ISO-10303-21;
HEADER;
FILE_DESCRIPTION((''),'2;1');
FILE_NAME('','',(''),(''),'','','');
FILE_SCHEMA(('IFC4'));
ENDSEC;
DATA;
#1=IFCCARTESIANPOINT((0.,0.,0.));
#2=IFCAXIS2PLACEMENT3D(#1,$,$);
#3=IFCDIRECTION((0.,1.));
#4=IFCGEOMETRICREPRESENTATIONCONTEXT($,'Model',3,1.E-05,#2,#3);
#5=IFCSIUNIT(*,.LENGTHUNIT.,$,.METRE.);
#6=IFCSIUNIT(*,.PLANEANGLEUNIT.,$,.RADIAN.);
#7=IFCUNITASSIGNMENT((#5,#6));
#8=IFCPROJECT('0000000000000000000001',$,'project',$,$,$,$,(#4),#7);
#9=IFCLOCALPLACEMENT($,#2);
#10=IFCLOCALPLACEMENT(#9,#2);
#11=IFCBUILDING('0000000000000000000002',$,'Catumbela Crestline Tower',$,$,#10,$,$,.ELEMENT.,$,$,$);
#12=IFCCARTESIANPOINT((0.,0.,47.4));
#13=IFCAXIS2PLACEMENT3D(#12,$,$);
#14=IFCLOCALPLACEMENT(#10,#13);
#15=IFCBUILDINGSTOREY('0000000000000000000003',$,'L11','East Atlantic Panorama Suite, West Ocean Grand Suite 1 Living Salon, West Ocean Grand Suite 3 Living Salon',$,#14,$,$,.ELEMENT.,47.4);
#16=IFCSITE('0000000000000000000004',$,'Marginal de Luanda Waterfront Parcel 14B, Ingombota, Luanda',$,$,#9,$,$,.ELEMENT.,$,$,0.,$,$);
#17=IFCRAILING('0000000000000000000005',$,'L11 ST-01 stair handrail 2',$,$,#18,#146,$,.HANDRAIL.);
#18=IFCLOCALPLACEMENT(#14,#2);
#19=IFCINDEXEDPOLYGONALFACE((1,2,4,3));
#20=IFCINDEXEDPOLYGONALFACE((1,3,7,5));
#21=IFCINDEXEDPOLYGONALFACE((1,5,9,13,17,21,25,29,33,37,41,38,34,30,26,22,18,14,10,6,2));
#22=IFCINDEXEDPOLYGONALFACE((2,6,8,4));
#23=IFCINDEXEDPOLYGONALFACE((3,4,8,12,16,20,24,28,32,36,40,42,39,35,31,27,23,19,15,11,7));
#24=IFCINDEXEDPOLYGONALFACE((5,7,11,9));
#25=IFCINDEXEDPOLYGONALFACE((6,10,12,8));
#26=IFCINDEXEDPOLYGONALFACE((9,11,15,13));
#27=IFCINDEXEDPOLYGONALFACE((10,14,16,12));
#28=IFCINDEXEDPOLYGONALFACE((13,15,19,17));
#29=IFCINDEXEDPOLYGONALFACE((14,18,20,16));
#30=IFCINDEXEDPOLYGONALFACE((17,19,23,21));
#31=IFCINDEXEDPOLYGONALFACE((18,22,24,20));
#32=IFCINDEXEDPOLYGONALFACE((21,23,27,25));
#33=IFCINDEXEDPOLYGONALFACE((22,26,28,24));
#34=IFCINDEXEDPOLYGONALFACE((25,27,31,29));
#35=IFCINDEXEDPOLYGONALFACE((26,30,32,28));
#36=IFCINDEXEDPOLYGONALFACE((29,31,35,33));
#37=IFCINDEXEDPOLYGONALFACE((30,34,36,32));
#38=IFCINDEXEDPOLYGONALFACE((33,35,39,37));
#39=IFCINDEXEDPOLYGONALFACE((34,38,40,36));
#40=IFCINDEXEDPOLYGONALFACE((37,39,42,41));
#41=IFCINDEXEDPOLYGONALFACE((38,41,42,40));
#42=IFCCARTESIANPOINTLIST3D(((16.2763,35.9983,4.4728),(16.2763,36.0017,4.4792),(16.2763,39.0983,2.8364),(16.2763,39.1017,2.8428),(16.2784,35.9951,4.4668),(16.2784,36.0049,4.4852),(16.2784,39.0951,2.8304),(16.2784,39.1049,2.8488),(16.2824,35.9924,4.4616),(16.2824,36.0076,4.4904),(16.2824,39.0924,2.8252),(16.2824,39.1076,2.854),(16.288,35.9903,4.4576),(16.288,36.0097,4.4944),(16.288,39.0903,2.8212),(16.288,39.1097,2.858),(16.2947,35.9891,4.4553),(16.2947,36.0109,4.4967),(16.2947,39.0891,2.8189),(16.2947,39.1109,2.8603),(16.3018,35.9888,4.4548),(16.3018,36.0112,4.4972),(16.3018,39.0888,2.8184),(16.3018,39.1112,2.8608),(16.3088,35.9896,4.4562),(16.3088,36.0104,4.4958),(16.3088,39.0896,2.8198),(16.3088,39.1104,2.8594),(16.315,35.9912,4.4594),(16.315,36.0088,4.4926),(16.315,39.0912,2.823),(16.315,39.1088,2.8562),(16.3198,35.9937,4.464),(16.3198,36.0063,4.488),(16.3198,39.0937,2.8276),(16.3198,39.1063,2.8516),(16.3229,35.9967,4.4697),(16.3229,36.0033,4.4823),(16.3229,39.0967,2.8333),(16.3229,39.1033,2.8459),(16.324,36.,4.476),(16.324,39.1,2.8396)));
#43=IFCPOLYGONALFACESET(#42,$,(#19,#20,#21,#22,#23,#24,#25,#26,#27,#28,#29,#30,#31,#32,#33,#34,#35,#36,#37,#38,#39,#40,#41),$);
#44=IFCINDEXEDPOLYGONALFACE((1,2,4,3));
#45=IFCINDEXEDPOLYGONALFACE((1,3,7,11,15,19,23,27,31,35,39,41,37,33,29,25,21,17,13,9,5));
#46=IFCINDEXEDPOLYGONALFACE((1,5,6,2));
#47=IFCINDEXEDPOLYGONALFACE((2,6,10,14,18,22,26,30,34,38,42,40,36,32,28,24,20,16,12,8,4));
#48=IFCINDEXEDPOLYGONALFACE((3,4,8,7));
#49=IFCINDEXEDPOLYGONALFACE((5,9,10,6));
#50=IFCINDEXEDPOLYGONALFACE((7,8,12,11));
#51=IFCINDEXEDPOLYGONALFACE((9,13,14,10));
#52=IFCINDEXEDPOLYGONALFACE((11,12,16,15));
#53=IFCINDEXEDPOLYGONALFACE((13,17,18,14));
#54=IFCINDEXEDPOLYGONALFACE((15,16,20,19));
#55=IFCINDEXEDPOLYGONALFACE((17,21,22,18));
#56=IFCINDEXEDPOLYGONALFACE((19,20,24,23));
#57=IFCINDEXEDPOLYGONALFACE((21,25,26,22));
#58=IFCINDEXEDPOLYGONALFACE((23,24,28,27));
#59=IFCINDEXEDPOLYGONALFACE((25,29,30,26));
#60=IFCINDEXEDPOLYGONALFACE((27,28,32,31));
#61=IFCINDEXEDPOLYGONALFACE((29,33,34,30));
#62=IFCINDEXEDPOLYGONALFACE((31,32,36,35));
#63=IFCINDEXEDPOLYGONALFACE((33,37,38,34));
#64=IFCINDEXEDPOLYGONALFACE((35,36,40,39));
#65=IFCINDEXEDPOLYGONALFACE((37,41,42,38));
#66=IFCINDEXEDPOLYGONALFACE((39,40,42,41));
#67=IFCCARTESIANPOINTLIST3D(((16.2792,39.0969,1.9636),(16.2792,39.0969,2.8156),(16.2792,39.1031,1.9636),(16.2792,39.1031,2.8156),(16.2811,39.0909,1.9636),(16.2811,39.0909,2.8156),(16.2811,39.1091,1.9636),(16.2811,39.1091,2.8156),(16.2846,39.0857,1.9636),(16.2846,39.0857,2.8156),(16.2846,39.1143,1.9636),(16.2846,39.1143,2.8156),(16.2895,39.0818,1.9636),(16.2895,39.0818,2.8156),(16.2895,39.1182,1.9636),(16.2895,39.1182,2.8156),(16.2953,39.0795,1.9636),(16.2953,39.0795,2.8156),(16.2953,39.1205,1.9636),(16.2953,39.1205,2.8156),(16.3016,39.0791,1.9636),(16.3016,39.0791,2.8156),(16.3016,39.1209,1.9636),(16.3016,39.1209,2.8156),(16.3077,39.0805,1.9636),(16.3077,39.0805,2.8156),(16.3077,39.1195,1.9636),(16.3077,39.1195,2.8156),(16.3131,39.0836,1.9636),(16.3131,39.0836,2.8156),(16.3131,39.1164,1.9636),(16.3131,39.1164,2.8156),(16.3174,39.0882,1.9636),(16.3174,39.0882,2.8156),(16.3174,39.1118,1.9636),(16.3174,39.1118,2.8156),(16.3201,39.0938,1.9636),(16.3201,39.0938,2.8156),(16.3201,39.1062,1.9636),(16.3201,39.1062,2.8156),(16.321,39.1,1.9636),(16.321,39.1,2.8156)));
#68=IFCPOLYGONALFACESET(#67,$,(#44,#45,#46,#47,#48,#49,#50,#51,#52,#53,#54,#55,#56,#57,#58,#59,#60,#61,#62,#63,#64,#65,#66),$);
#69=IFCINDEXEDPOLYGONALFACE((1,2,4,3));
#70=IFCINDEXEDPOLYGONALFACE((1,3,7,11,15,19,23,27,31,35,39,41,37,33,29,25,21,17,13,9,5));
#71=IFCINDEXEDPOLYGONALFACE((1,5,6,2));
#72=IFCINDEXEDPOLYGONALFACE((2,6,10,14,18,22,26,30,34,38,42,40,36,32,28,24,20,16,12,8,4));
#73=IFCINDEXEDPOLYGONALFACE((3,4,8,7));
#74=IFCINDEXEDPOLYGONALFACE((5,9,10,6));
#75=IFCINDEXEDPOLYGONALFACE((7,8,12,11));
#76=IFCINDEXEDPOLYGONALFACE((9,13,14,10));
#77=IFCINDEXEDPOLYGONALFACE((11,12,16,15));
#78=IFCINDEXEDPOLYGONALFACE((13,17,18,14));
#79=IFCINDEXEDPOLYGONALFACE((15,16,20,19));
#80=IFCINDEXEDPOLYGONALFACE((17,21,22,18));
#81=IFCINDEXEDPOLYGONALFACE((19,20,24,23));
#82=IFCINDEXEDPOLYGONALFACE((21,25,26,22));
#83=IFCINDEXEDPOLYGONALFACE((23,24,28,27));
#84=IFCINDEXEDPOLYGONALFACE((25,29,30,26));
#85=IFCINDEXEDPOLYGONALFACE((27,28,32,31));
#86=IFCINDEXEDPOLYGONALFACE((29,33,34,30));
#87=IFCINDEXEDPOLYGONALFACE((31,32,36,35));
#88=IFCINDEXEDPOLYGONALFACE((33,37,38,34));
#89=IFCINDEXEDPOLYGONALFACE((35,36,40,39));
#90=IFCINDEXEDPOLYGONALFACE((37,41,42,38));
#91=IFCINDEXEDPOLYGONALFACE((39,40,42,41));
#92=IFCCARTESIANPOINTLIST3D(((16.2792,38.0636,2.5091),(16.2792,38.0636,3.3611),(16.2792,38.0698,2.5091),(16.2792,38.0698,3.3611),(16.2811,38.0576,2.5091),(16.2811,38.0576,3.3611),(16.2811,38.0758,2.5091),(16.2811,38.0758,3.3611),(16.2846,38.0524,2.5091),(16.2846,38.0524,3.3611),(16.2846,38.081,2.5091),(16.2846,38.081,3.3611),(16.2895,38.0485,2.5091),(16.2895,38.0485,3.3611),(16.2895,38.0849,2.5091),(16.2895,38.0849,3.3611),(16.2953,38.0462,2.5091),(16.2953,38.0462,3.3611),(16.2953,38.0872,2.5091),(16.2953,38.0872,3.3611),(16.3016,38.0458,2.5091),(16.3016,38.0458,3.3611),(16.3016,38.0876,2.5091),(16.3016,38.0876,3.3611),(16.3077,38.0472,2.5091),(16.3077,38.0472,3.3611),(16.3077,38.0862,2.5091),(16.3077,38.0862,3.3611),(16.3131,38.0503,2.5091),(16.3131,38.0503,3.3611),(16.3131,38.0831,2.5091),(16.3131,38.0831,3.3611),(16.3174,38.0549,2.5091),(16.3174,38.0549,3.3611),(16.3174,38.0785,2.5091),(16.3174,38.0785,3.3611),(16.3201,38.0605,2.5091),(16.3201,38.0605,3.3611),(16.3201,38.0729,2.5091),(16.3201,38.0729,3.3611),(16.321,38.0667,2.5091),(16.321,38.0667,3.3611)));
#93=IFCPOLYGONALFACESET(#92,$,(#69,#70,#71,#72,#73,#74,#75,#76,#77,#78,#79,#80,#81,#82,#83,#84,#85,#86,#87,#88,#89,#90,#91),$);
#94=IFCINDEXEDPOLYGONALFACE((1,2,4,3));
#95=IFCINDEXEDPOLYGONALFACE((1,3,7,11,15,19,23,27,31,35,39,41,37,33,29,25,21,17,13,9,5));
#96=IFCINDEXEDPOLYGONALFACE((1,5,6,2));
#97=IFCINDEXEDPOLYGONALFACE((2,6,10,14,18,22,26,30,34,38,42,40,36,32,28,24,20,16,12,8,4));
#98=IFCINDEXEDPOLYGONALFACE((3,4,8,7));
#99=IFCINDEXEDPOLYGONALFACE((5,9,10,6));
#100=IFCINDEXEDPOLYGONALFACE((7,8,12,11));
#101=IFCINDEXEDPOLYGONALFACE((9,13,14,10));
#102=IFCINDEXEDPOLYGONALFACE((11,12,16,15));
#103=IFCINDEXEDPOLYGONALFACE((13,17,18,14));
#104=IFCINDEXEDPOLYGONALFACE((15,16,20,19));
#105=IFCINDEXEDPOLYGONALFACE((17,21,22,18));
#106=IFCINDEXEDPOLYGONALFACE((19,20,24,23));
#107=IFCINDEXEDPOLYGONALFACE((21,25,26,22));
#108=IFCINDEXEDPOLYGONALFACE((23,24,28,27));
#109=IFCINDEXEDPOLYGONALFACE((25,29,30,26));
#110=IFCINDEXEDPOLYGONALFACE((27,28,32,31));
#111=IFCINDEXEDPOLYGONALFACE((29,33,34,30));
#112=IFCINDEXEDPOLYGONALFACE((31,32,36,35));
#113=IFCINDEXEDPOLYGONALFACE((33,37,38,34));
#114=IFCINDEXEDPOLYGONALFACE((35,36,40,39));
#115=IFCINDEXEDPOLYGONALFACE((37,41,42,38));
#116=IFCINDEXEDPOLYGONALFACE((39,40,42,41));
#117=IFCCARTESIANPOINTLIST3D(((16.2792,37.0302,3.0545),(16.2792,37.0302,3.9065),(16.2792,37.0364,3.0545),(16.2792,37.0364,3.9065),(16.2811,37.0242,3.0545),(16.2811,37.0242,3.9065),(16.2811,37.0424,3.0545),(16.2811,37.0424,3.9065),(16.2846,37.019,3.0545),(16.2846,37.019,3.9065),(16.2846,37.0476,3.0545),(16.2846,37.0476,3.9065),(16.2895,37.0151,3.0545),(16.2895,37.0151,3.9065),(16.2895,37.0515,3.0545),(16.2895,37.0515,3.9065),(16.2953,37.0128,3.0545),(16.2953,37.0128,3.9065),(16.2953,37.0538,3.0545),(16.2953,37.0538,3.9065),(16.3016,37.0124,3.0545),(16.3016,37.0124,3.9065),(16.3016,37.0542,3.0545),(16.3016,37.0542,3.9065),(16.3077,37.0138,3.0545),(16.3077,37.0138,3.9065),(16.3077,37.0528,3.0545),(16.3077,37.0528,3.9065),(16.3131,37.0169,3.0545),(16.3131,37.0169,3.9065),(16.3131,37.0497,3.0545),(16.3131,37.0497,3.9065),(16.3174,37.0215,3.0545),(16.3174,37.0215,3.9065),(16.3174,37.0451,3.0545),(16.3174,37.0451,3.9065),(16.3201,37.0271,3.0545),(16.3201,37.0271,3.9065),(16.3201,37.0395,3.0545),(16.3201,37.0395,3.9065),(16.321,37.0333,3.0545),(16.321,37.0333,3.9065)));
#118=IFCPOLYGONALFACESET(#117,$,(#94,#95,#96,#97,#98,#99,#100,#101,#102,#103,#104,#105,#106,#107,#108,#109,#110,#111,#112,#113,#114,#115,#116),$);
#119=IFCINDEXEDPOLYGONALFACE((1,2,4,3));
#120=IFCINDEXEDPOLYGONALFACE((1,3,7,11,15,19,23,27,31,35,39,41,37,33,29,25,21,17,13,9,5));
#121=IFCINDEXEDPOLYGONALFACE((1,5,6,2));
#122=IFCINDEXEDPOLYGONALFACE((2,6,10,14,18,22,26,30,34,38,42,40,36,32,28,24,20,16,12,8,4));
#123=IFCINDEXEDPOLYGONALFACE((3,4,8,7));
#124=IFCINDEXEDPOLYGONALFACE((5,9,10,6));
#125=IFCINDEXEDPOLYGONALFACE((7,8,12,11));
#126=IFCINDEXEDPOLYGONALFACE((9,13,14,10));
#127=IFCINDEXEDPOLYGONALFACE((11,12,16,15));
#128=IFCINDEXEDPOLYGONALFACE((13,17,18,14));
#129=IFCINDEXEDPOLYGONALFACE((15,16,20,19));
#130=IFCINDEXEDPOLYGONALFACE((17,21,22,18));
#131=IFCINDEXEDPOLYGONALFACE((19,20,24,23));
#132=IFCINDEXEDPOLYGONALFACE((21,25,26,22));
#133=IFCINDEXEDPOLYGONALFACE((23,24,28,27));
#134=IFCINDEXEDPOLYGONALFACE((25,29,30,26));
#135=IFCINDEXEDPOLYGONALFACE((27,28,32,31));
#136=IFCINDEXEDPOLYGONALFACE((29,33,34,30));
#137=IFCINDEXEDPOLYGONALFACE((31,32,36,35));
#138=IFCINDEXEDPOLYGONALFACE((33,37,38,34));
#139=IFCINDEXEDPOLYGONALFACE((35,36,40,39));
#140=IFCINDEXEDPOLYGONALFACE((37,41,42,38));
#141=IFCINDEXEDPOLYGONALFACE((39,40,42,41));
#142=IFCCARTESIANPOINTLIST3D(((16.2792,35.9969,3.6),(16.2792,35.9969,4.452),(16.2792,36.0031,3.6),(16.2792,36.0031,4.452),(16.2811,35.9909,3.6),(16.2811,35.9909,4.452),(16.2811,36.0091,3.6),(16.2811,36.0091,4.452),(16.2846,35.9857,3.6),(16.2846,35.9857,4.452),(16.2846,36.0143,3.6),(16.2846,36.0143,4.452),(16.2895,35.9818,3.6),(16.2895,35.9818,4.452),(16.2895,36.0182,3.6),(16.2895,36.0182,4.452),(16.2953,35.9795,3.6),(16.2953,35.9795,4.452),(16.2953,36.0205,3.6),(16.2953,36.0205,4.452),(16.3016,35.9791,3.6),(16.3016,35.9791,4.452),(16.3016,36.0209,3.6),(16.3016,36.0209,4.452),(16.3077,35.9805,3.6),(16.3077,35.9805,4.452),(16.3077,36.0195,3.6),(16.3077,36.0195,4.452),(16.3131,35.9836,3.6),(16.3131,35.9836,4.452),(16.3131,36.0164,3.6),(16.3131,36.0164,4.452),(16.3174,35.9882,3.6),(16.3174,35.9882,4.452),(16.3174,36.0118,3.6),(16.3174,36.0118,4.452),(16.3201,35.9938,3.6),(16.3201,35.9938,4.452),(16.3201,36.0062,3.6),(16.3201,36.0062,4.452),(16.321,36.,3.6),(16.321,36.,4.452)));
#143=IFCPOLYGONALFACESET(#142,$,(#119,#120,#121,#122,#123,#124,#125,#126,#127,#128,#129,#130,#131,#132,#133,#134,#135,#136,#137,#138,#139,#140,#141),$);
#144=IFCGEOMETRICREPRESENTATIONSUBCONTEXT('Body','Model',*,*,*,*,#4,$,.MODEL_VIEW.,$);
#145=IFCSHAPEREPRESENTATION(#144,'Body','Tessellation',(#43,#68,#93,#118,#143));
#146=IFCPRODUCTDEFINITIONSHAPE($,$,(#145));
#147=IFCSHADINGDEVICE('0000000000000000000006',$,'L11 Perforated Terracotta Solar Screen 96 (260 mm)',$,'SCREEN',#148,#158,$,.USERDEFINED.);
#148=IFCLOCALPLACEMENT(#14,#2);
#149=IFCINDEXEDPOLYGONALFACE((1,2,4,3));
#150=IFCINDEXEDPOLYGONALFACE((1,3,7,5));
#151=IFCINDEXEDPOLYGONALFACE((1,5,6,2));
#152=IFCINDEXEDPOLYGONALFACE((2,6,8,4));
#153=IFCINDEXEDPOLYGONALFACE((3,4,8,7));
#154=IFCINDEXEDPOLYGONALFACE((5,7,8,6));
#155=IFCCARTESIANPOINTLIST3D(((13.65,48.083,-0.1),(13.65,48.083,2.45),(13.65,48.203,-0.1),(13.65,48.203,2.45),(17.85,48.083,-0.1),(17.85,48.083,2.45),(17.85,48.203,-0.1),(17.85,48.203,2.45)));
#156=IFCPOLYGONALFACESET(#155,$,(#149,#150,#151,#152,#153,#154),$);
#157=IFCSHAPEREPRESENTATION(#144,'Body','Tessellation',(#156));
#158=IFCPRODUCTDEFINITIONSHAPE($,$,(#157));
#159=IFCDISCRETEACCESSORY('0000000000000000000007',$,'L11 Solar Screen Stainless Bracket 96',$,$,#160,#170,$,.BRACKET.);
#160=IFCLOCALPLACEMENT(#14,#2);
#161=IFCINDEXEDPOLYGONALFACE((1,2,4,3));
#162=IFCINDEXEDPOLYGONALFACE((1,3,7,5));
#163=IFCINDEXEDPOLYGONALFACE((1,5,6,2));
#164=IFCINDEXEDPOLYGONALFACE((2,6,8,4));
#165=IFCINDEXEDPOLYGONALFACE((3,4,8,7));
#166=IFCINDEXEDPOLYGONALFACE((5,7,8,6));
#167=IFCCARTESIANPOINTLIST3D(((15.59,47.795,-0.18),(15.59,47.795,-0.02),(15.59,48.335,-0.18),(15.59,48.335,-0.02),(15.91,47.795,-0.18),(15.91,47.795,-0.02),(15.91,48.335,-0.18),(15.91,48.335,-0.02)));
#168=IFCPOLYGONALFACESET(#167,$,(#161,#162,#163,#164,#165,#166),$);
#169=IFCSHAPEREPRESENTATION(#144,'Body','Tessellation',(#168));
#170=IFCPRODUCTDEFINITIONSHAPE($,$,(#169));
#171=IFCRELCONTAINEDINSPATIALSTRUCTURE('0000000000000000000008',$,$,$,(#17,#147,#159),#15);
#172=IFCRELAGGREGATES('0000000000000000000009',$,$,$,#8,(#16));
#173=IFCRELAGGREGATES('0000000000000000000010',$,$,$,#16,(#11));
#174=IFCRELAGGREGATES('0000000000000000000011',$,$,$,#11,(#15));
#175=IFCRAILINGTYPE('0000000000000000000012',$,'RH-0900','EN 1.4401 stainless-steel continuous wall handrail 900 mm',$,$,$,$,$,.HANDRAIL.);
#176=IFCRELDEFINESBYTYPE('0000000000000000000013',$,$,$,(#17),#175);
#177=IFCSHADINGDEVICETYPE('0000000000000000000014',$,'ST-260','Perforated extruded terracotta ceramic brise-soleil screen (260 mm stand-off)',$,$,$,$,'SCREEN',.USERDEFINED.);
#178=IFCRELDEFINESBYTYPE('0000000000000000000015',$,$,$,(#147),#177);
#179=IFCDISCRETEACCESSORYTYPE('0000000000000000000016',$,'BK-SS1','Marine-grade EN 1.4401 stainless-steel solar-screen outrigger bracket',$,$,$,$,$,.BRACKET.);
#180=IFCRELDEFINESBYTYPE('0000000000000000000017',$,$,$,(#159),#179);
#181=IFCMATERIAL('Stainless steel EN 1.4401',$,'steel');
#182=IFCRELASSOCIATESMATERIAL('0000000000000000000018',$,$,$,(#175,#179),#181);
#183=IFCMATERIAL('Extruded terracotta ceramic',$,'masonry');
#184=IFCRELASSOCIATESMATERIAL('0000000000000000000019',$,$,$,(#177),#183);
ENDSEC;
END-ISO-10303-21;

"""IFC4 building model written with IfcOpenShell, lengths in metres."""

from ifc_helpers import new_model, si_unit, direction, frame, origin, origin_2d, place, context, subcontext, project, spatial, rectangle, circle, extrude, material, type_object, element, save


model = new_model("IFC4")

# Units and contexts
model_context = context("Model", 3, precision=1e-05, world=origin(), true_north=direction((0.0, 1.0)))
body_context = subcontext(model_context, "Body", "Model", "MODEL_VIEW")
ifc_project = project(units=[si_unit("LENGTHUNIT", "METRE"), si_unit("PLANEANGLEUNIT", "RADIAN")], contexts=[model_context])

# Site, building, storey
site_placement = place(None, origin())
site = spatial("IfcSite", under=ifc_project, at=site_placement, Name="Marginal de Luanda Waterfront Parcel 14B, Ingombota, Luanda", CompositionType="ELEMENT", RefElevation=0.0)
building_placement = place(site_placement, origin())
building = spatial("IfcBuilding", under=site, at=building_placement, Name="Catumbela Crestline Tower", CompositionType="ELEMENT")
storey_placement = place(building_placement, frame((0.0, 0.0, 47.4)))
storey = spatial("IfcBuildingStorey", under=building, at=storey_placement, Name="L11", Description="East Atlantic Panorama Suite, West Ocean Grand Suite 1 Living Salon, West Ocean Grand Suite 3 Living Salon", CompositionType="ELEMENT", Elevation=47.4)

# Railing
ifc_material_1 = material(Name="Stainless steel EN 1.4401", Category="steel")
railing_type_1 = type_object("IfcRailingType", Name="RH-0900", Description="EN 1.4401 stainless-steel continuous wall handrail 900 mm", PredefinedType="HANDRAIL", material=ifc_material_1)
railing_1_placement = place(storey_placement, frame((16.3, 39.1, 1.9636)))
element("IfcRailing", 1, at=railing_1_placement, inside=storey, type_object=railing_type_1, Name="L11 ST-01 stair handrail 2", PredefinedType="HANDRAIL", context=body_context, shape_type="SweptSolid", body=[
    extrude(circle(Radius=0.024, at=origin_2d()), frame((0.0, 0.0, 0.876), z_axis=(0.0, -0.884351, 0.466823), x_axis=(1.0, 0.0, 0.0)), (0.0, 0.0, 1.0), 3.5054),
    extrude(circle(Radius=0.021, at=origin_2d()), origin(), (0.0, 0.0, 1.0), 0.852),
    extrude(circle(Radius=0.021, at=origin_2d()), frame((0.0, -1.0333, 0.5455)), (0.0, 0.0, 1.0), 0.852),
    extrude(circle(Radius=0.021, at=origin_2d()), frame((0.0, -2.0667, 1.0909)), (0.0, 0.0, 1.0), 0.852),
    extrude(circle(Radius=0.021, at=origin_2d()), frame((0.0, -3.1, 1.6364)), (0.0, 0.0, 1.0), 0.852),
])

# Shading device
ifc_material_2 = material(Name="Extruded terracotta ceramic", Category="masonry")
shading_device_type = type_object("IfcShadingDeviceType", Name="ST-260", Description="Perforated extruded terracotta ceramic brise-soleil screen (260 mm stand-off)", ElementType="SCREEN", PredefinedType="USERDEFINED", material=ifc_material_2)
shading_device_placement = place(storey_placement, frame((15.75, 48.143, -0.1), z_axis=(0.0, 0.0, 1.0), x_axis=(-1.0, 0.0, 0.0)))
element("IfcShadingDevice", 2, at=shading_device_placement, inside=storey, type_object=shading_device_type, Name="L11 Perforated Terracotta Solar Screen 96 (260 mm)", ObjectType="SCREEN", PredefinedType="USERDEFINED", context=body_context, shape_type="SweptSolid", body=[
    extrude(rectangle(XDim=4.2, YDim=0.12, at=origin_2d()), origin(), (0.0, 0.0, 1.0), 2.55),
])

# Discrete accessory
discrete_accessory_type = type_object("IfcDiscreteAccessoryType", Name="BK-SS1", Description="Marine-grade EN 1.4401 stainless-steel solar-screen outrigger bracket", PredefinedType="BRACKET", material=ifc_material_1)
discrete_accessory_placement = place(storey_placement, frame((15.75, 48.065, -0.18), z_axis=(0.0, 0.0, 1.0), x_axis=(-1.0, 0.0, 0.0)))
element("IfcDiscreteAccessory", 3, at=discrete_accessory_placement, inside=storey, type_object=discrete_accessory_type, Name="L11 Solar Screen Stainless Bracket 96", PredefinedType="BRACKET", context=body_context, shape_type="SweptSolid", body=[
    extrude(rectangle(XDim=0.32, YDim=0.54, at=origin_2d()), origin(), (0.0, 0.0, 1.0), 0.16),
])

save(model, "model.ifc")
